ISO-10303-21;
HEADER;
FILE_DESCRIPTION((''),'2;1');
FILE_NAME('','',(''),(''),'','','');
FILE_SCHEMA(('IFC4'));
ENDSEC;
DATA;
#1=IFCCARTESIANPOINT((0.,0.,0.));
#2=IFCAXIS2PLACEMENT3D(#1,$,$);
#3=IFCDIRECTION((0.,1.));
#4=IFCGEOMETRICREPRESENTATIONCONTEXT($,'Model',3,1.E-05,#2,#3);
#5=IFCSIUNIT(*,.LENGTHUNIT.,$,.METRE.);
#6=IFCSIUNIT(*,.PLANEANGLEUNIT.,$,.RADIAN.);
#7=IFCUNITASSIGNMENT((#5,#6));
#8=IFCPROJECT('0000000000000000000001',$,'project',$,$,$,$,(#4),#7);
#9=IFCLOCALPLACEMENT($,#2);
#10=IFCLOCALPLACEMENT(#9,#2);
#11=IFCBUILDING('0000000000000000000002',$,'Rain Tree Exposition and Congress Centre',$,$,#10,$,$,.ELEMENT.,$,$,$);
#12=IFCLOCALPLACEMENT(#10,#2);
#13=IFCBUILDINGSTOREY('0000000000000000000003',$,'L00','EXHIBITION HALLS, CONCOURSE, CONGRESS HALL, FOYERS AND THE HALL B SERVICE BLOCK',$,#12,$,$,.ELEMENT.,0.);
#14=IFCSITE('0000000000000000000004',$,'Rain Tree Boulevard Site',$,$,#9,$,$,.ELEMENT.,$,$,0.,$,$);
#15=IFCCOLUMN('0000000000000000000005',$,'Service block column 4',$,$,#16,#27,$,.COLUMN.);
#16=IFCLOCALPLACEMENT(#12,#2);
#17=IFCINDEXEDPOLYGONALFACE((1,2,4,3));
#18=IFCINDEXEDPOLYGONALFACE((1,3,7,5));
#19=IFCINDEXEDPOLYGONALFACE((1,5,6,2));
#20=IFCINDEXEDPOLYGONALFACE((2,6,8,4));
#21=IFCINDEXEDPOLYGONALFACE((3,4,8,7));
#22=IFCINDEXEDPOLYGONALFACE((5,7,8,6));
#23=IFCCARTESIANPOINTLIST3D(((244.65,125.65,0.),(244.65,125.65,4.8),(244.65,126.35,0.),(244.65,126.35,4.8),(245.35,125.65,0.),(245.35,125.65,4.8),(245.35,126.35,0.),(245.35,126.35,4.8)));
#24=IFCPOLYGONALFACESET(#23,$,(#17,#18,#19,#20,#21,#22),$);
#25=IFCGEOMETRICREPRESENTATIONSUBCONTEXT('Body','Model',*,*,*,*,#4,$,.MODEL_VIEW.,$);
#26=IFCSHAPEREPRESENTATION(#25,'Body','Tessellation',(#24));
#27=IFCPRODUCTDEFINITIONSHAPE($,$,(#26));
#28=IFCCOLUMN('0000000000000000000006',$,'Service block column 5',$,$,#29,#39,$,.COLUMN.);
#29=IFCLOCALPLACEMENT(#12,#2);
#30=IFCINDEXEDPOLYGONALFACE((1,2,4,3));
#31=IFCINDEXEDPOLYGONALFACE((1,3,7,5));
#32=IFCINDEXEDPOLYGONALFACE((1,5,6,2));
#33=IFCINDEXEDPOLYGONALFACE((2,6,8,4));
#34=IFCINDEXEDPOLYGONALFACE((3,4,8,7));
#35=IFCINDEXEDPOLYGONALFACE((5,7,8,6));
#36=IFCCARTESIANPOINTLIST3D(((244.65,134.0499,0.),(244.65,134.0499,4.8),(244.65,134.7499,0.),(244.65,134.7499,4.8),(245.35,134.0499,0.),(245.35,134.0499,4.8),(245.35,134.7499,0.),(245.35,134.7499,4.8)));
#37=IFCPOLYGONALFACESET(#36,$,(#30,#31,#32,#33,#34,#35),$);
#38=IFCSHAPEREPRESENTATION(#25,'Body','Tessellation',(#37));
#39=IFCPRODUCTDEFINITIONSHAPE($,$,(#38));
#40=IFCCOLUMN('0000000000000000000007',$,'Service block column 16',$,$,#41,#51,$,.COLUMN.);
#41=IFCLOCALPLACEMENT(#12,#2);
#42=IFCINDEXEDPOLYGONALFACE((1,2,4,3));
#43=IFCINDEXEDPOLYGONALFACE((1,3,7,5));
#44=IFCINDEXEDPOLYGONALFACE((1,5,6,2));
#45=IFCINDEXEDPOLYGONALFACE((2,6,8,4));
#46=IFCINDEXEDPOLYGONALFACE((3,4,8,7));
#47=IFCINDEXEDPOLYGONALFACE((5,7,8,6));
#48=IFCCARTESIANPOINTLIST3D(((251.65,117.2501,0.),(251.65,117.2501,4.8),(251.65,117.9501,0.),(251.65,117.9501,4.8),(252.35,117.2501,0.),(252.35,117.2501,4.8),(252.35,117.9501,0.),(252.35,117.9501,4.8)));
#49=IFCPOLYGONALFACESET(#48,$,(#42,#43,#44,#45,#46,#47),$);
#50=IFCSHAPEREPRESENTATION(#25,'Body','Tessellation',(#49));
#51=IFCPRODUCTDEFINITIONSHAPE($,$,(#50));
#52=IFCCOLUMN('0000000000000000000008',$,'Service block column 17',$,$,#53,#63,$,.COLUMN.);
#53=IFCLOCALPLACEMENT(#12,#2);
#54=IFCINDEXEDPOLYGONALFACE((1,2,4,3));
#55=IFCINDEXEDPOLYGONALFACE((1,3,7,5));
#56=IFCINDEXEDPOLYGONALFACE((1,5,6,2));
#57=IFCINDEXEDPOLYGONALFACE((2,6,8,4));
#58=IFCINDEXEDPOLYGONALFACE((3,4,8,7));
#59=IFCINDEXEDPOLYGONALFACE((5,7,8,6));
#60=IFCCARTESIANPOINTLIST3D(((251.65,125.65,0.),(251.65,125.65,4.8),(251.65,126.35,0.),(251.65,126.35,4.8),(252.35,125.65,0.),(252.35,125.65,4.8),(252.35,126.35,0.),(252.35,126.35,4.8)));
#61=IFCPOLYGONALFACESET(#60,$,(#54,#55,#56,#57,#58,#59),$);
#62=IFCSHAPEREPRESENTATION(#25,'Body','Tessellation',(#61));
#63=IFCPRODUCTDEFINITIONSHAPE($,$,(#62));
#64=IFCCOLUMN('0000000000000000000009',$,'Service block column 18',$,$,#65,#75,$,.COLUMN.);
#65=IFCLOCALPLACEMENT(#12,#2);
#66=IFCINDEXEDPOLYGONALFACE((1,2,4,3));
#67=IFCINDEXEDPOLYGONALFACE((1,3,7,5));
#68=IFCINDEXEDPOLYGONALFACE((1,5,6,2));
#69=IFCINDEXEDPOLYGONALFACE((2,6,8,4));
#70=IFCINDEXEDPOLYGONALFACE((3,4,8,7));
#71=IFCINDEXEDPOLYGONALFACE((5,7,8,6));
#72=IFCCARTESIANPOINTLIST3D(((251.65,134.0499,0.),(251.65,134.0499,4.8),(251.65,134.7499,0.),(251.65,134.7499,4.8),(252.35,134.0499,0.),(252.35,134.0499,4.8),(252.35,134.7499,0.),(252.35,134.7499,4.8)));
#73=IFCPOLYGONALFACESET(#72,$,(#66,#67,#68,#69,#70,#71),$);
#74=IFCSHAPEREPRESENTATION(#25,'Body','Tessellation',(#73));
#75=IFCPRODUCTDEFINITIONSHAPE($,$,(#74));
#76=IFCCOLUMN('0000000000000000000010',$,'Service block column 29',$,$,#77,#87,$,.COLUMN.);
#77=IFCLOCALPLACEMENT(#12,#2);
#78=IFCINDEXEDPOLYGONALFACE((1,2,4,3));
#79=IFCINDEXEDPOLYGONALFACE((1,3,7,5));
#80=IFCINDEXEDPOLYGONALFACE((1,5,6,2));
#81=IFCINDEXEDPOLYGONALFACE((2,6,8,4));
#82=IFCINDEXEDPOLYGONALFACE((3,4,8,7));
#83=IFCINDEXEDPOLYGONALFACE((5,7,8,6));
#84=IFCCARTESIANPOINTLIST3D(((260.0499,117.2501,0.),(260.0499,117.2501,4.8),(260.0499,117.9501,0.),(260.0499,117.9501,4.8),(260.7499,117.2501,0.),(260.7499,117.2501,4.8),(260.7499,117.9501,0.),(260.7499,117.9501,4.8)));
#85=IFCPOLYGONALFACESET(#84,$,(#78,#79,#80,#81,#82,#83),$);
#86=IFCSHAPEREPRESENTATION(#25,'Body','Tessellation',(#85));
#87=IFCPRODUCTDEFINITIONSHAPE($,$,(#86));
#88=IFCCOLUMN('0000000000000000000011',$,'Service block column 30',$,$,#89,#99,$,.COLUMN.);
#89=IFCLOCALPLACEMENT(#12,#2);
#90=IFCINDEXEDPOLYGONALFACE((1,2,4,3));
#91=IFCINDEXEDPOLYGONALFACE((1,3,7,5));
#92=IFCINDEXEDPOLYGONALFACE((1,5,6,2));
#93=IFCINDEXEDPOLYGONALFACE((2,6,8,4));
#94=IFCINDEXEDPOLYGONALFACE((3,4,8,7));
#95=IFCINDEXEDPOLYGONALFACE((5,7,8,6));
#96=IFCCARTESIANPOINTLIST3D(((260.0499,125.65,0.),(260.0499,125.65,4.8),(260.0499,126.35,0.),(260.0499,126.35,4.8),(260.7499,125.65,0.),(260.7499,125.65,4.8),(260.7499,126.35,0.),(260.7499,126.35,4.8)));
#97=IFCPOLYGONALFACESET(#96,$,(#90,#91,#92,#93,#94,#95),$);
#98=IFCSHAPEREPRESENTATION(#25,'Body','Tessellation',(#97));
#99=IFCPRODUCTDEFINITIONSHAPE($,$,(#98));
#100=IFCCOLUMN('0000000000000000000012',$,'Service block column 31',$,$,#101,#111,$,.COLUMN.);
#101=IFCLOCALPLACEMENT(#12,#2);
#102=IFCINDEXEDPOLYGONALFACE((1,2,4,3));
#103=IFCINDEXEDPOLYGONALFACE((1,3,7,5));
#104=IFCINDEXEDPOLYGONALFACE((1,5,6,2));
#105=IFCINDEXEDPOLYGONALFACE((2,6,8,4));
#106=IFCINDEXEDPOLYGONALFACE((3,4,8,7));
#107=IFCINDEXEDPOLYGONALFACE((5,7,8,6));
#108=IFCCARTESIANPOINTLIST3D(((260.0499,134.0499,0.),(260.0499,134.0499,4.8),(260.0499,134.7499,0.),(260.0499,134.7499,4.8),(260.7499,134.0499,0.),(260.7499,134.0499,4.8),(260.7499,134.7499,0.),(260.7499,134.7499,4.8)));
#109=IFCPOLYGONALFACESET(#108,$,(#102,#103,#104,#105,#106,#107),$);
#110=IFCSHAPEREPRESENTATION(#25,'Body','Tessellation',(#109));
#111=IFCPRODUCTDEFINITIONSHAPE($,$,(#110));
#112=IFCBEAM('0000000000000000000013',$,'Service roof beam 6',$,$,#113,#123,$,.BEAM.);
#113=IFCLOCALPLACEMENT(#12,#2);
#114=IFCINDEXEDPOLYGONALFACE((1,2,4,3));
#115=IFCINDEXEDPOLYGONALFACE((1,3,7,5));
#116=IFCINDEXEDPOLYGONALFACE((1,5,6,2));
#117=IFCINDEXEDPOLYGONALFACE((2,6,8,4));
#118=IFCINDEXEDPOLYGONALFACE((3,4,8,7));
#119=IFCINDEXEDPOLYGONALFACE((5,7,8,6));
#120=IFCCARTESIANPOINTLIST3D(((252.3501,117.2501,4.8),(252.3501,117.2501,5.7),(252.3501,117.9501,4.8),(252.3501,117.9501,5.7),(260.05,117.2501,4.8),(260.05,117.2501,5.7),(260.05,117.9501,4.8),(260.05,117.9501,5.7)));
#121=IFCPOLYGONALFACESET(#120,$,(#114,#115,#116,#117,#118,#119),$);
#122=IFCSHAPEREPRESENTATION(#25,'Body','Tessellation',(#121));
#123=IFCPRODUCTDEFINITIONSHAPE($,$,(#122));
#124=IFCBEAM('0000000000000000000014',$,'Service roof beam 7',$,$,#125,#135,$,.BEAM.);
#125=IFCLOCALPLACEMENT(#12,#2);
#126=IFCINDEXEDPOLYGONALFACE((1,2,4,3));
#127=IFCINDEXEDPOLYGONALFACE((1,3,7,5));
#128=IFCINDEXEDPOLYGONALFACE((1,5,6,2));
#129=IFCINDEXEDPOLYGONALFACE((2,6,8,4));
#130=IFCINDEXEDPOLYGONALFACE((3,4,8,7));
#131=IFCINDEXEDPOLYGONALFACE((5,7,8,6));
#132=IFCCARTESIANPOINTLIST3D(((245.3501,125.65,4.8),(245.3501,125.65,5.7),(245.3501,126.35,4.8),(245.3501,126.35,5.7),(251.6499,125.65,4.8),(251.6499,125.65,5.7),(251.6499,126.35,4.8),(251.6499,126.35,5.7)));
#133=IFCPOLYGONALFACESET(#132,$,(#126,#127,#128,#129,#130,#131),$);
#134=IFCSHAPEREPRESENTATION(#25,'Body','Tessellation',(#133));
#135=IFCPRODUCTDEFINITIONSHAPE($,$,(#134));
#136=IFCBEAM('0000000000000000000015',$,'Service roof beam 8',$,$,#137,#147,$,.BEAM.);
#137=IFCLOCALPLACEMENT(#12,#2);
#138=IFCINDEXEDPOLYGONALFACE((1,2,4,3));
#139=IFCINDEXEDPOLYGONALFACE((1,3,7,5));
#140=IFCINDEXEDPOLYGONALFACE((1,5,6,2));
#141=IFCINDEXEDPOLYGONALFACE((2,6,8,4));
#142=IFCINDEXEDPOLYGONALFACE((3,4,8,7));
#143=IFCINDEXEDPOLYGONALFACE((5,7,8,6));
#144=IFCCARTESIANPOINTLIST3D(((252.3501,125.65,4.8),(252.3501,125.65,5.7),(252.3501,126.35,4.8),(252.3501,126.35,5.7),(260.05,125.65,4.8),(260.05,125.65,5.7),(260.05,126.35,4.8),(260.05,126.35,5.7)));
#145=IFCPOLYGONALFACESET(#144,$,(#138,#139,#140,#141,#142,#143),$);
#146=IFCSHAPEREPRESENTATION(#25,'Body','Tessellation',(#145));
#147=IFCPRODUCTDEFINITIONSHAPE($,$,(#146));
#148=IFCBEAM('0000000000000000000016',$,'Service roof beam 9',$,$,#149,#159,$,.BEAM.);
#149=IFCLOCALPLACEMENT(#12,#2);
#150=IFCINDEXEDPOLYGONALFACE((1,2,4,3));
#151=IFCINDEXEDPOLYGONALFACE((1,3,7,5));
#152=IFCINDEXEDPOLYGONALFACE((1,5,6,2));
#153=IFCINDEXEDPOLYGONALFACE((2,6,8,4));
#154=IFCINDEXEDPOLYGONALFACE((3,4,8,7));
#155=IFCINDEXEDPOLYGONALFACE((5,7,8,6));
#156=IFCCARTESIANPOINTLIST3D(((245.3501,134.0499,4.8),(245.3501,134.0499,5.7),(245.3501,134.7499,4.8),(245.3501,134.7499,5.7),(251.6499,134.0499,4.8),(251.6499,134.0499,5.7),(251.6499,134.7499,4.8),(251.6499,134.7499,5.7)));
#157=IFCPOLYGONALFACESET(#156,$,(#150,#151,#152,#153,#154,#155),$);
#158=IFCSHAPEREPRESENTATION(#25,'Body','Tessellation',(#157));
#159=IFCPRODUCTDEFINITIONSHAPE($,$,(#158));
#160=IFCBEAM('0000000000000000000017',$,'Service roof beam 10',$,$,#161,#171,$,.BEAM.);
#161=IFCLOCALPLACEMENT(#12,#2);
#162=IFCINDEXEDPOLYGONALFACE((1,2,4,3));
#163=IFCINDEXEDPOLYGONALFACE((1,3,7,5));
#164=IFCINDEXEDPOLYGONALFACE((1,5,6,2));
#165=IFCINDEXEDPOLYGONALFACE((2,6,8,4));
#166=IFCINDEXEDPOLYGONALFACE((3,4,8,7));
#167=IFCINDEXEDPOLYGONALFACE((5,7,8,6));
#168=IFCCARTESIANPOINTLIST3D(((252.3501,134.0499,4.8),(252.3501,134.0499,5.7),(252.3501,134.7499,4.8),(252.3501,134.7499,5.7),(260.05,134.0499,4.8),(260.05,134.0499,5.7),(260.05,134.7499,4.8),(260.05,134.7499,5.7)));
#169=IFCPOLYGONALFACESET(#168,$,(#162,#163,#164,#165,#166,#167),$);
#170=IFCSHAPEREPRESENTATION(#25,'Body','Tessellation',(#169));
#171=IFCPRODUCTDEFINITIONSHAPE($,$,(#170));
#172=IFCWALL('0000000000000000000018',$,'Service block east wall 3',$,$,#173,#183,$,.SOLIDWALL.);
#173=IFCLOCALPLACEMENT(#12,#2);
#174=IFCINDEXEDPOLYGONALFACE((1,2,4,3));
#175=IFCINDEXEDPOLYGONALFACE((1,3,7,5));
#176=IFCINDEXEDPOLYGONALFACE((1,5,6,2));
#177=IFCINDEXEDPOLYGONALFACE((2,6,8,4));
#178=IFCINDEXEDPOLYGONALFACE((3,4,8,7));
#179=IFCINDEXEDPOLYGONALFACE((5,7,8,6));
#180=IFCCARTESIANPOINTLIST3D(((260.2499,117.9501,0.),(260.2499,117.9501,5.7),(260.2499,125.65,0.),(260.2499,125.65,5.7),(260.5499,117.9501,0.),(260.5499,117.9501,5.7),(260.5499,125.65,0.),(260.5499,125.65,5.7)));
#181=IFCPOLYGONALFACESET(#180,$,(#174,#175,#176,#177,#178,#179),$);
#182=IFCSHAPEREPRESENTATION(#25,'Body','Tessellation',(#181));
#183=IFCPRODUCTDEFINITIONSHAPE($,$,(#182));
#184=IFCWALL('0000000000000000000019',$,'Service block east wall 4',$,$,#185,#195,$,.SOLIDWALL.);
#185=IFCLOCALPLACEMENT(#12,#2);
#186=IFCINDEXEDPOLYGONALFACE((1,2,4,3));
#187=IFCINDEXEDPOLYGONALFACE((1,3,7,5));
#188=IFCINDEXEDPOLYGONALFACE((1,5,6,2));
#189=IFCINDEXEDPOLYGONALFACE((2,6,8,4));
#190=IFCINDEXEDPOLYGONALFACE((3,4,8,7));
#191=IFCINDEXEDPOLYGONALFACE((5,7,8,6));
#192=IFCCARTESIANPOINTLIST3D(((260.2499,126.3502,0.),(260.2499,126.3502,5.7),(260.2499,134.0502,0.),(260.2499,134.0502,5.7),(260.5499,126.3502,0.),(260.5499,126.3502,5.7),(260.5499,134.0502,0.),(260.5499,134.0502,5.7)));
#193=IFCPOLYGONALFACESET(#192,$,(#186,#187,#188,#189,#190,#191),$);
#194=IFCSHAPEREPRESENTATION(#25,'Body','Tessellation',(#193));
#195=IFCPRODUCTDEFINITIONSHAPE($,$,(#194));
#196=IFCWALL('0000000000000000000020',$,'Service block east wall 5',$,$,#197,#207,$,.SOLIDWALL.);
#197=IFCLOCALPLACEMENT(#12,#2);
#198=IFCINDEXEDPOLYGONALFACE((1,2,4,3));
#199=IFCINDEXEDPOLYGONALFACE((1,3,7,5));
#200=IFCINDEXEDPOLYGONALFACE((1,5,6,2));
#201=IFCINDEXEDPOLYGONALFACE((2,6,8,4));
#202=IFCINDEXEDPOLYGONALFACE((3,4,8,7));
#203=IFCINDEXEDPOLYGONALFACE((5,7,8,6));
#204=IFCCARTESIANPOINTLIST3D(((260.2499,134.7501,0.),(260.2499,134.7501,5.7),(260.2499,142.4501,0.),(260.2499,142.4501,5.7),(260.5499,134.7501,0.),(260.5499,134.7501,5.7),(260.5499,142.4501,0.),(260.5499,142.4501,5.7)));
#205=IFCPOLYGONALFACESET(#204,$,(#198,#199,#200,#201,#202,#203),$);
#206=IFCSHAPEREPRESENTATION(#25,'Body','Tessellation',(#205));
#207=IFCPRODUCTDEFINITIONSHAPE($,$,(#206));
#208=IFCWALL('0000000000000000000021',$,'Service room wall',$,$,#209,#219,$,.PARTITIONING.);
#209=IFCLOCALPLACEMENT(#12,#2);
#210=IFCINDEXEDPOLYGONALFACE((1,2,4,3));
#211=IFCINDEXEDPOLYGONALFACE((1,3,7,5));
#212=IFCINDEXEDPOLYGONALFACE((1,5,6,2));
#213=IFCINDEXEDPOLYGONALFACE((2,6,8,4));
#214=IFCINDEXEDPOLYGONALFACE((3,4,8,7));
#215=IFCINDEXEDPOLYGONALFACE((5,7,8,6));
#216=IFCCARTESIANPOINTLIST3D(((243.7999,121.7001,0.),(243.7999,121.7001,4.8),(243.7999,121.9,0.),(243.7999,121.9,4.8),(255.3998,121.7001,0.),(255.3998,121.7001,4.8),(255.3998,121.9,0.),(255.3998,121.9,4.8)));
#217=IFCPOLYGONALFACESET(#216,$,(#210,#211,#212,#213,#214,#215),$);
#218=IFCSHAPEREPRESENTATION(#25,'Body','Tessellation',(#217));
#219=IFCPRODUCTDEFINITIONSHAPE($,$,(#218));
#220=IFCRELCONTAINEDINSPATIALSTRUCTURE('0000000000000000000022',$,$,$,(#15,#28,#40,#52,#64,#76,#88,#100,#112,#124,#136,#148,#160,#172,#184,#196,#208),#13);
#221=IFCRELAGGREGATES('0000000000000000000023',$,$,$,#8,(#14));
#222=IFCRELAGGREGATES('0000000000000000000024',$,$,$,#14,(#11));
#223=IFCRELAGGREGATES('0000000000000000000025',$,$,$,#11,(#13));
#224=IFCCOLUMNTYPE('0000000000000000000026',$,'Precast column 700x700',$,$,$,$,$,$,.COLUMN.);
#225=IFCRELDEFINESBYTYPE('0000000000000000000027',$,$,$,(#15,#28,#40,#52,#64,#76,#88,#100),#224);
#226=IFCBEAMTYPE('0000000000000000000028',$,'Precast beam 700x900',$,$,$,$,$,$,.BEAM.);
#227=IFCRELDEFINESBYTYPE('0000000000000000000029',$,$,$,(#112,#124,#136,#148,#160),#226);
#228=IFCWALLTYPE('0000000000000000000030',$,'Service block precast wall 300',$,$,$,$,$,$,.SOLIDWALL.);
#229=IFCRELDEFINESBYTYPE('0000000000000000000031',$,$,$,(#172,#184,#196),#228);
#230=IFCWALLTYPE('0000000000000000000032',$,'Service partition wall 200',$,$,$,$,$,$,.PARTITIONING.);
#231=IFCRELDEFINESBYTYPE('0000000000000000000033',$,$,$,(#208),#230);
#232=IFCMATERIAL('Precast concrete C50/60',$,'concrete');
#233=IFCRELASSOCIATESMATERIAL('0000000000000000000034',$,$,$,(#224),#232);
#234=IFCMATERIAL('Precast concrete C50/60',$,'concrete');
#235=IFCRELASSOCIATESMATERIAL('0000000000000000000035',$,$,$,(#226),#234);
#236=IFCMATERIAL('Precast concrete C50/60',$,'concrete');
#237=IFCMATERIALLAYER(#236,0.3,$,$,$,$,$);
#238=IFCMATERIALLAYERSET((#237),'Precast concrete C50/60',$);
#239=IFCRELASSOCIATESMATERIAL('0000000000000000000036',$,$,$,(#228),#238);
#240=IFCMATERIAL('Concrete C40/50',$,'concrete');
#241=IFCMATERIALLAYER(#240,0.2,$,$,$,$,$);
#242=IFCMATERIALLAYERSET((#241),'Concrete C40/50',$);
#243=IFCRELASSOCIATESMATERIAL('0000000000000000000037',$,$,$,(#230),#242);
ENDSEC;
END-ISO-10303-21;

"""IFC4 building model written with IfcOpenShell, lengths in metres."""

from ifc_helpers import new_model, si_unit, direction, frame, frame_2d, origin, origin_2d, place, context, subcontext, project, spatial, rectangle, extrude, material, layer, layer_set, material_profile, profile_set, type_object, element, save


model = new_model("IFC4")

# Units and contexts
model_context = context("Model", 3, precision=1e-05, world=origin(), true_north=direction((0.0, 1.0)))
body_context = subcontext(model_context, "Body", "Model", "MODEL_VIEW")
ifc_project = project(units=[si_unit("LENGTHUNIT", "METRE"), si_unit("PLANEANGLEUNIT", "RADIAN")], contexts=[model_context])

# Site, building, storey
site_placement = place(None, origin())
site = spatial("IfcSite", under=ifc_project, at=site_placement, Name="Rain Tree Boulevard Site", CompositionType="ELEMENT", RefElevation=0.0)
building_placement = place(site_placement, origin())
building = spatial("IfcBuilding", under=site, at=building_placement, Name="Rain Tree Exposition and Congress Centre", CompositionType="ELEMENT")
storey_placement = place(building_placement, origin())
storey = spatial("IfcBuildingStorey", under=building, at=storey_placement, Name="L00", Description="EXHIBITION HALLS, CONCOURSE, CONGRESS HALL, FOYERS AND THE HALL B SERVICE BLOCK", CompositionType="ELEMENT", Elevation=0.0)

# Columns
ifc_material_1 = material(Name="Precast concrete C50/60", Category="concrete")
ifc_material_profile_1 = material_profile(ifc_material_1, rectangle(XDim=0.7, YDim=0.7, at=origin_2d()), Name="RC 700x700")
ifc_profile_set_1 = profile_set([ifc_material_profile_1], Name="Precast concrete C50/60")
column_type = type_object("IfcColumnType", Name="Precast column 700x700", PredefinedType="COLUMN", material=ifc_profile_set_1)
for number, where, z_axis, x_axis, name in (
    (1, (245.0, 126.0, 0.0), (0.0, 0.0, 1.0), (1.0, 0.0, 0.0), "Service block column 4"),
    (2, (245.0, 134.3999, 0.0), (0.0, 0.0, 1.0), (1.0, 0.0, 0.0), "Service block column 5"),
    (3, (252.0, 117.6001, 0.0), (0.0, 0.0, 1.0), (1.0, 0.0, 0.0), "Service block column 16"),
    (4, (252.0, 126.0, 0.0), (0.0, 0.0, 1.0), (1.0, 0.0, 0.0), "Service block column 17"),
    (5, (252.0, 134.3999, 0.0), (0.0, 0.0, 1.0), (1.0, 0.0, 0.0), "Service block column 18"),
    (6, (260.3999, 117.6001, 0.0), (0.0, 0.0, 1.0), (1.0, 0.0, 0.0), "Service block column 29"),
    (7, (260.3999, 126.0, 0.0), (0.0, 0.0, 1.0), (1.0, 0.0, 0.0), "Service block column 30"),
    (8, (260.3999, 134.3999, 0.0), (0.0, 0.0, 1.0), (1.0, 0.0, 0.0), "Service block column 31"),
):
    element("IfcColumn", number, at=place(storey_placement, frame(where, z_axis=z_axis, x_axis=x_axis)), inside=storey, type_object=column_type, Name=name, PredefinedType="COLUMN", context=body_context, shape_type="SweptSolid", body=[
        extrude(rectangle(XDim=0.7, YDim=0.7, at=origin_2d()), origin(), (0.0, 0.0, 1.0), 4.8),
    ])

# Beams
ifc_material_2 = material(Name="Precast concrete C50/60", Category="concrete")
ifc_material_profile_2 = material_profile(ifc_material_2, rectangle(XDim=0.7, YDim=0.8999, at=origin_2d()), Name="RC 700x900")
ifc_profile_set_2 = profile_set([ifc_material_profile_2], Name="Precast concrete C50/60")
beam_type = type_object("IfcBeamType", Name="Precast beam 700x900", PredefinedType="BEAM", material=ifc_profile_set_2)
beam_1_placement = place(storey_placement, frame((252.3501, 117.6001, 5.25), z_axis=(1.0, 0.0, 0.0), x_axis=(0.0, 1.0, 0.0)))
element("IfcBeam", 9, at=beam_1_placement, inside=storey, type_object=beam_type, Name="Service roof beam 6", PredefinedType="BEAM", context=body_context, shape_type="SweptSolid", body=[
    extrude(rectangle(XDim=0.7, YDim=0.8999, at=origin_2d()), origin(), (0.0, 0.0, 1.0), 7.7),
])
beam_2_placement = place(storey_placement, frame((245.3501, 126.0, 5.25), z_axis=(1.0, 0.0, 0.0), x_axis=(0.0, 1.0, 0.0)))
element("IfcBeam", 10, at=beam_2_placement, inside=storey, type_object=beam_type, Name="Service roof beam 7", PredefinedType="BEAM", context=body_context, shape_type="SweptSolid", body=[
    extrude(rectangle(XDim=0.7, YDim=0.8999, at=origin_2d()), origin(), (0.0, 0.0, 1.0), 6.2998),
])
beam_3_placement = place(storey_placement, frame((252.3501, 126.0, 5.25), z_axis=(1.0, 0.0, 0.0), x_axis=(0.0, 1.0, 0.0)))
element("IfcBeam", 11, at=beam_3_placement, inside=storey, type_object=beam_type, Name="Service roof beam 8", PredefinedType="BEAM", context=body_context, shape_type="SweptSolid", body=[
    extrude(rectangle(XDim=0.7, YDim=0.8999, at=origin_2d()), origin(), (0.0, 0.0, 1.0), 7.7),
])
beam_4_placement = place(storey_placement, frame((245.3501, 134.3999, 5.25), z_axis=(1.0, 0.0, 0.0), x_axis=(0.0, 1.0, 0.0)))
element("IfcBeam", 12, at=beam_4_placement, inside=storey, type_object=beam_type, Name="Service roof beam 9", PredefinedType="BEAM", context=body_context, shape_type="SweptSolid", body=[
    extrude(rectangle(XDim=0.7, YDim=0.8999, at=origin_2d()), origin(), (0.0, 0.0, 1.0), 6.2998),
])
beam_5_placement = place(storey_placement, frame((252.3501, 134.3999, 5.25), z_axis=(1.0, 0.0, 0.0), x_axis=(0.0, 1.0, 0.0)))
element("IfcBeam", 13, at=beam_5_placement, inside=storey, type_object=beam_type, Name="Service roof beam 10", PredefinedType="BEAM", context=body_context, shape_type="SweptSolid", body=[
    extrude(rectangle(XDim=0.7, YDim=0.8999, at=origin_2d()), origin(), (0.0, 0.0, 1.0), 7.7),
])

# Walls
ifc_material_3 = material(Name="Precast concrete C50/60", Category="concrete")
ifc_layer_1 = layer(ifc_material_3, 0.3)
ifc_layer_set_1 = layer_set([ifc_layer_1], Name="Precast concrete C50/60")
wall_type_1 = type_object("IfcWallType", Name="Service block precast wall 300", PredefinedType="SOLIDWALL", material=ifc_layer_set_1)
for number, where, z_axis, x_axis, name in (
    (14, (260.3999, 117.95, 0.0), (0.0, 0.0, 1.0), (0.0, 1.0, 0.0), "Service block east wall 3"),
    (15, (260.3999, 126.3501, 0.0), (0.0, 0.0, 1.0), (0.0, 1.0, 0.0), "Service block east wall 4"),
    (16, (260.3999, 134.75, 0.0), (0.0, 0.0, 1.0), (0.0, 1.0, 0.0), "Service block east wall 5"),
):
    element("IfcWall", number, at=place(storey_placement, frame(where, z_axis=z_axis, x_axis=x_axis)), inside=storey, type_object=wall_type_1, Name=name, PredefinedType="SOLIDWALL", context=body_context, shape_type="SweptSolid", body=[
        extrude(rectangle(XDim=7.7, YDim=0.3, at=frame_2d((3.8501, 0.0))), origin(), (0.0, 0.0, 1.0), 5.7),
    ])
ifc_material_4 = material(Name="Concrete C40/50", Category="concrete")
ifc_layer_2 = layer(ifc_material_4, 0.2)
ifc_layer_set_2 = layer_set([ifc_layer_2], Name="Concrete C40/50")
wall_type_2 = type_object("IfcWallType", Name="Service partition wall 200", PredefinedType="PARTITIONING", material=ifc_layer_set_2)
wall_placement = place(storey_placement, frame((243.8, 121.8, 0.0), z_axis=(0.0, 0.0, 1.0), x_axis=(1.0, 0.0, 0.0)))
element("IfcWall", 17, at=wall_placement, inside=storey, type_object=wall_type_2, Name="Service room wall", PredefinedType="PARTITIONING", context=body_context, shape_type="SweptSolid", body=[
    extrude(rectangle(XDim=11.5999, YDim=0.2, at=frame_2d((5.7998, 0.0))), origin(), (0.0, 0.0, 1.0), 4.8),
])

save(model, "model.ifc")
